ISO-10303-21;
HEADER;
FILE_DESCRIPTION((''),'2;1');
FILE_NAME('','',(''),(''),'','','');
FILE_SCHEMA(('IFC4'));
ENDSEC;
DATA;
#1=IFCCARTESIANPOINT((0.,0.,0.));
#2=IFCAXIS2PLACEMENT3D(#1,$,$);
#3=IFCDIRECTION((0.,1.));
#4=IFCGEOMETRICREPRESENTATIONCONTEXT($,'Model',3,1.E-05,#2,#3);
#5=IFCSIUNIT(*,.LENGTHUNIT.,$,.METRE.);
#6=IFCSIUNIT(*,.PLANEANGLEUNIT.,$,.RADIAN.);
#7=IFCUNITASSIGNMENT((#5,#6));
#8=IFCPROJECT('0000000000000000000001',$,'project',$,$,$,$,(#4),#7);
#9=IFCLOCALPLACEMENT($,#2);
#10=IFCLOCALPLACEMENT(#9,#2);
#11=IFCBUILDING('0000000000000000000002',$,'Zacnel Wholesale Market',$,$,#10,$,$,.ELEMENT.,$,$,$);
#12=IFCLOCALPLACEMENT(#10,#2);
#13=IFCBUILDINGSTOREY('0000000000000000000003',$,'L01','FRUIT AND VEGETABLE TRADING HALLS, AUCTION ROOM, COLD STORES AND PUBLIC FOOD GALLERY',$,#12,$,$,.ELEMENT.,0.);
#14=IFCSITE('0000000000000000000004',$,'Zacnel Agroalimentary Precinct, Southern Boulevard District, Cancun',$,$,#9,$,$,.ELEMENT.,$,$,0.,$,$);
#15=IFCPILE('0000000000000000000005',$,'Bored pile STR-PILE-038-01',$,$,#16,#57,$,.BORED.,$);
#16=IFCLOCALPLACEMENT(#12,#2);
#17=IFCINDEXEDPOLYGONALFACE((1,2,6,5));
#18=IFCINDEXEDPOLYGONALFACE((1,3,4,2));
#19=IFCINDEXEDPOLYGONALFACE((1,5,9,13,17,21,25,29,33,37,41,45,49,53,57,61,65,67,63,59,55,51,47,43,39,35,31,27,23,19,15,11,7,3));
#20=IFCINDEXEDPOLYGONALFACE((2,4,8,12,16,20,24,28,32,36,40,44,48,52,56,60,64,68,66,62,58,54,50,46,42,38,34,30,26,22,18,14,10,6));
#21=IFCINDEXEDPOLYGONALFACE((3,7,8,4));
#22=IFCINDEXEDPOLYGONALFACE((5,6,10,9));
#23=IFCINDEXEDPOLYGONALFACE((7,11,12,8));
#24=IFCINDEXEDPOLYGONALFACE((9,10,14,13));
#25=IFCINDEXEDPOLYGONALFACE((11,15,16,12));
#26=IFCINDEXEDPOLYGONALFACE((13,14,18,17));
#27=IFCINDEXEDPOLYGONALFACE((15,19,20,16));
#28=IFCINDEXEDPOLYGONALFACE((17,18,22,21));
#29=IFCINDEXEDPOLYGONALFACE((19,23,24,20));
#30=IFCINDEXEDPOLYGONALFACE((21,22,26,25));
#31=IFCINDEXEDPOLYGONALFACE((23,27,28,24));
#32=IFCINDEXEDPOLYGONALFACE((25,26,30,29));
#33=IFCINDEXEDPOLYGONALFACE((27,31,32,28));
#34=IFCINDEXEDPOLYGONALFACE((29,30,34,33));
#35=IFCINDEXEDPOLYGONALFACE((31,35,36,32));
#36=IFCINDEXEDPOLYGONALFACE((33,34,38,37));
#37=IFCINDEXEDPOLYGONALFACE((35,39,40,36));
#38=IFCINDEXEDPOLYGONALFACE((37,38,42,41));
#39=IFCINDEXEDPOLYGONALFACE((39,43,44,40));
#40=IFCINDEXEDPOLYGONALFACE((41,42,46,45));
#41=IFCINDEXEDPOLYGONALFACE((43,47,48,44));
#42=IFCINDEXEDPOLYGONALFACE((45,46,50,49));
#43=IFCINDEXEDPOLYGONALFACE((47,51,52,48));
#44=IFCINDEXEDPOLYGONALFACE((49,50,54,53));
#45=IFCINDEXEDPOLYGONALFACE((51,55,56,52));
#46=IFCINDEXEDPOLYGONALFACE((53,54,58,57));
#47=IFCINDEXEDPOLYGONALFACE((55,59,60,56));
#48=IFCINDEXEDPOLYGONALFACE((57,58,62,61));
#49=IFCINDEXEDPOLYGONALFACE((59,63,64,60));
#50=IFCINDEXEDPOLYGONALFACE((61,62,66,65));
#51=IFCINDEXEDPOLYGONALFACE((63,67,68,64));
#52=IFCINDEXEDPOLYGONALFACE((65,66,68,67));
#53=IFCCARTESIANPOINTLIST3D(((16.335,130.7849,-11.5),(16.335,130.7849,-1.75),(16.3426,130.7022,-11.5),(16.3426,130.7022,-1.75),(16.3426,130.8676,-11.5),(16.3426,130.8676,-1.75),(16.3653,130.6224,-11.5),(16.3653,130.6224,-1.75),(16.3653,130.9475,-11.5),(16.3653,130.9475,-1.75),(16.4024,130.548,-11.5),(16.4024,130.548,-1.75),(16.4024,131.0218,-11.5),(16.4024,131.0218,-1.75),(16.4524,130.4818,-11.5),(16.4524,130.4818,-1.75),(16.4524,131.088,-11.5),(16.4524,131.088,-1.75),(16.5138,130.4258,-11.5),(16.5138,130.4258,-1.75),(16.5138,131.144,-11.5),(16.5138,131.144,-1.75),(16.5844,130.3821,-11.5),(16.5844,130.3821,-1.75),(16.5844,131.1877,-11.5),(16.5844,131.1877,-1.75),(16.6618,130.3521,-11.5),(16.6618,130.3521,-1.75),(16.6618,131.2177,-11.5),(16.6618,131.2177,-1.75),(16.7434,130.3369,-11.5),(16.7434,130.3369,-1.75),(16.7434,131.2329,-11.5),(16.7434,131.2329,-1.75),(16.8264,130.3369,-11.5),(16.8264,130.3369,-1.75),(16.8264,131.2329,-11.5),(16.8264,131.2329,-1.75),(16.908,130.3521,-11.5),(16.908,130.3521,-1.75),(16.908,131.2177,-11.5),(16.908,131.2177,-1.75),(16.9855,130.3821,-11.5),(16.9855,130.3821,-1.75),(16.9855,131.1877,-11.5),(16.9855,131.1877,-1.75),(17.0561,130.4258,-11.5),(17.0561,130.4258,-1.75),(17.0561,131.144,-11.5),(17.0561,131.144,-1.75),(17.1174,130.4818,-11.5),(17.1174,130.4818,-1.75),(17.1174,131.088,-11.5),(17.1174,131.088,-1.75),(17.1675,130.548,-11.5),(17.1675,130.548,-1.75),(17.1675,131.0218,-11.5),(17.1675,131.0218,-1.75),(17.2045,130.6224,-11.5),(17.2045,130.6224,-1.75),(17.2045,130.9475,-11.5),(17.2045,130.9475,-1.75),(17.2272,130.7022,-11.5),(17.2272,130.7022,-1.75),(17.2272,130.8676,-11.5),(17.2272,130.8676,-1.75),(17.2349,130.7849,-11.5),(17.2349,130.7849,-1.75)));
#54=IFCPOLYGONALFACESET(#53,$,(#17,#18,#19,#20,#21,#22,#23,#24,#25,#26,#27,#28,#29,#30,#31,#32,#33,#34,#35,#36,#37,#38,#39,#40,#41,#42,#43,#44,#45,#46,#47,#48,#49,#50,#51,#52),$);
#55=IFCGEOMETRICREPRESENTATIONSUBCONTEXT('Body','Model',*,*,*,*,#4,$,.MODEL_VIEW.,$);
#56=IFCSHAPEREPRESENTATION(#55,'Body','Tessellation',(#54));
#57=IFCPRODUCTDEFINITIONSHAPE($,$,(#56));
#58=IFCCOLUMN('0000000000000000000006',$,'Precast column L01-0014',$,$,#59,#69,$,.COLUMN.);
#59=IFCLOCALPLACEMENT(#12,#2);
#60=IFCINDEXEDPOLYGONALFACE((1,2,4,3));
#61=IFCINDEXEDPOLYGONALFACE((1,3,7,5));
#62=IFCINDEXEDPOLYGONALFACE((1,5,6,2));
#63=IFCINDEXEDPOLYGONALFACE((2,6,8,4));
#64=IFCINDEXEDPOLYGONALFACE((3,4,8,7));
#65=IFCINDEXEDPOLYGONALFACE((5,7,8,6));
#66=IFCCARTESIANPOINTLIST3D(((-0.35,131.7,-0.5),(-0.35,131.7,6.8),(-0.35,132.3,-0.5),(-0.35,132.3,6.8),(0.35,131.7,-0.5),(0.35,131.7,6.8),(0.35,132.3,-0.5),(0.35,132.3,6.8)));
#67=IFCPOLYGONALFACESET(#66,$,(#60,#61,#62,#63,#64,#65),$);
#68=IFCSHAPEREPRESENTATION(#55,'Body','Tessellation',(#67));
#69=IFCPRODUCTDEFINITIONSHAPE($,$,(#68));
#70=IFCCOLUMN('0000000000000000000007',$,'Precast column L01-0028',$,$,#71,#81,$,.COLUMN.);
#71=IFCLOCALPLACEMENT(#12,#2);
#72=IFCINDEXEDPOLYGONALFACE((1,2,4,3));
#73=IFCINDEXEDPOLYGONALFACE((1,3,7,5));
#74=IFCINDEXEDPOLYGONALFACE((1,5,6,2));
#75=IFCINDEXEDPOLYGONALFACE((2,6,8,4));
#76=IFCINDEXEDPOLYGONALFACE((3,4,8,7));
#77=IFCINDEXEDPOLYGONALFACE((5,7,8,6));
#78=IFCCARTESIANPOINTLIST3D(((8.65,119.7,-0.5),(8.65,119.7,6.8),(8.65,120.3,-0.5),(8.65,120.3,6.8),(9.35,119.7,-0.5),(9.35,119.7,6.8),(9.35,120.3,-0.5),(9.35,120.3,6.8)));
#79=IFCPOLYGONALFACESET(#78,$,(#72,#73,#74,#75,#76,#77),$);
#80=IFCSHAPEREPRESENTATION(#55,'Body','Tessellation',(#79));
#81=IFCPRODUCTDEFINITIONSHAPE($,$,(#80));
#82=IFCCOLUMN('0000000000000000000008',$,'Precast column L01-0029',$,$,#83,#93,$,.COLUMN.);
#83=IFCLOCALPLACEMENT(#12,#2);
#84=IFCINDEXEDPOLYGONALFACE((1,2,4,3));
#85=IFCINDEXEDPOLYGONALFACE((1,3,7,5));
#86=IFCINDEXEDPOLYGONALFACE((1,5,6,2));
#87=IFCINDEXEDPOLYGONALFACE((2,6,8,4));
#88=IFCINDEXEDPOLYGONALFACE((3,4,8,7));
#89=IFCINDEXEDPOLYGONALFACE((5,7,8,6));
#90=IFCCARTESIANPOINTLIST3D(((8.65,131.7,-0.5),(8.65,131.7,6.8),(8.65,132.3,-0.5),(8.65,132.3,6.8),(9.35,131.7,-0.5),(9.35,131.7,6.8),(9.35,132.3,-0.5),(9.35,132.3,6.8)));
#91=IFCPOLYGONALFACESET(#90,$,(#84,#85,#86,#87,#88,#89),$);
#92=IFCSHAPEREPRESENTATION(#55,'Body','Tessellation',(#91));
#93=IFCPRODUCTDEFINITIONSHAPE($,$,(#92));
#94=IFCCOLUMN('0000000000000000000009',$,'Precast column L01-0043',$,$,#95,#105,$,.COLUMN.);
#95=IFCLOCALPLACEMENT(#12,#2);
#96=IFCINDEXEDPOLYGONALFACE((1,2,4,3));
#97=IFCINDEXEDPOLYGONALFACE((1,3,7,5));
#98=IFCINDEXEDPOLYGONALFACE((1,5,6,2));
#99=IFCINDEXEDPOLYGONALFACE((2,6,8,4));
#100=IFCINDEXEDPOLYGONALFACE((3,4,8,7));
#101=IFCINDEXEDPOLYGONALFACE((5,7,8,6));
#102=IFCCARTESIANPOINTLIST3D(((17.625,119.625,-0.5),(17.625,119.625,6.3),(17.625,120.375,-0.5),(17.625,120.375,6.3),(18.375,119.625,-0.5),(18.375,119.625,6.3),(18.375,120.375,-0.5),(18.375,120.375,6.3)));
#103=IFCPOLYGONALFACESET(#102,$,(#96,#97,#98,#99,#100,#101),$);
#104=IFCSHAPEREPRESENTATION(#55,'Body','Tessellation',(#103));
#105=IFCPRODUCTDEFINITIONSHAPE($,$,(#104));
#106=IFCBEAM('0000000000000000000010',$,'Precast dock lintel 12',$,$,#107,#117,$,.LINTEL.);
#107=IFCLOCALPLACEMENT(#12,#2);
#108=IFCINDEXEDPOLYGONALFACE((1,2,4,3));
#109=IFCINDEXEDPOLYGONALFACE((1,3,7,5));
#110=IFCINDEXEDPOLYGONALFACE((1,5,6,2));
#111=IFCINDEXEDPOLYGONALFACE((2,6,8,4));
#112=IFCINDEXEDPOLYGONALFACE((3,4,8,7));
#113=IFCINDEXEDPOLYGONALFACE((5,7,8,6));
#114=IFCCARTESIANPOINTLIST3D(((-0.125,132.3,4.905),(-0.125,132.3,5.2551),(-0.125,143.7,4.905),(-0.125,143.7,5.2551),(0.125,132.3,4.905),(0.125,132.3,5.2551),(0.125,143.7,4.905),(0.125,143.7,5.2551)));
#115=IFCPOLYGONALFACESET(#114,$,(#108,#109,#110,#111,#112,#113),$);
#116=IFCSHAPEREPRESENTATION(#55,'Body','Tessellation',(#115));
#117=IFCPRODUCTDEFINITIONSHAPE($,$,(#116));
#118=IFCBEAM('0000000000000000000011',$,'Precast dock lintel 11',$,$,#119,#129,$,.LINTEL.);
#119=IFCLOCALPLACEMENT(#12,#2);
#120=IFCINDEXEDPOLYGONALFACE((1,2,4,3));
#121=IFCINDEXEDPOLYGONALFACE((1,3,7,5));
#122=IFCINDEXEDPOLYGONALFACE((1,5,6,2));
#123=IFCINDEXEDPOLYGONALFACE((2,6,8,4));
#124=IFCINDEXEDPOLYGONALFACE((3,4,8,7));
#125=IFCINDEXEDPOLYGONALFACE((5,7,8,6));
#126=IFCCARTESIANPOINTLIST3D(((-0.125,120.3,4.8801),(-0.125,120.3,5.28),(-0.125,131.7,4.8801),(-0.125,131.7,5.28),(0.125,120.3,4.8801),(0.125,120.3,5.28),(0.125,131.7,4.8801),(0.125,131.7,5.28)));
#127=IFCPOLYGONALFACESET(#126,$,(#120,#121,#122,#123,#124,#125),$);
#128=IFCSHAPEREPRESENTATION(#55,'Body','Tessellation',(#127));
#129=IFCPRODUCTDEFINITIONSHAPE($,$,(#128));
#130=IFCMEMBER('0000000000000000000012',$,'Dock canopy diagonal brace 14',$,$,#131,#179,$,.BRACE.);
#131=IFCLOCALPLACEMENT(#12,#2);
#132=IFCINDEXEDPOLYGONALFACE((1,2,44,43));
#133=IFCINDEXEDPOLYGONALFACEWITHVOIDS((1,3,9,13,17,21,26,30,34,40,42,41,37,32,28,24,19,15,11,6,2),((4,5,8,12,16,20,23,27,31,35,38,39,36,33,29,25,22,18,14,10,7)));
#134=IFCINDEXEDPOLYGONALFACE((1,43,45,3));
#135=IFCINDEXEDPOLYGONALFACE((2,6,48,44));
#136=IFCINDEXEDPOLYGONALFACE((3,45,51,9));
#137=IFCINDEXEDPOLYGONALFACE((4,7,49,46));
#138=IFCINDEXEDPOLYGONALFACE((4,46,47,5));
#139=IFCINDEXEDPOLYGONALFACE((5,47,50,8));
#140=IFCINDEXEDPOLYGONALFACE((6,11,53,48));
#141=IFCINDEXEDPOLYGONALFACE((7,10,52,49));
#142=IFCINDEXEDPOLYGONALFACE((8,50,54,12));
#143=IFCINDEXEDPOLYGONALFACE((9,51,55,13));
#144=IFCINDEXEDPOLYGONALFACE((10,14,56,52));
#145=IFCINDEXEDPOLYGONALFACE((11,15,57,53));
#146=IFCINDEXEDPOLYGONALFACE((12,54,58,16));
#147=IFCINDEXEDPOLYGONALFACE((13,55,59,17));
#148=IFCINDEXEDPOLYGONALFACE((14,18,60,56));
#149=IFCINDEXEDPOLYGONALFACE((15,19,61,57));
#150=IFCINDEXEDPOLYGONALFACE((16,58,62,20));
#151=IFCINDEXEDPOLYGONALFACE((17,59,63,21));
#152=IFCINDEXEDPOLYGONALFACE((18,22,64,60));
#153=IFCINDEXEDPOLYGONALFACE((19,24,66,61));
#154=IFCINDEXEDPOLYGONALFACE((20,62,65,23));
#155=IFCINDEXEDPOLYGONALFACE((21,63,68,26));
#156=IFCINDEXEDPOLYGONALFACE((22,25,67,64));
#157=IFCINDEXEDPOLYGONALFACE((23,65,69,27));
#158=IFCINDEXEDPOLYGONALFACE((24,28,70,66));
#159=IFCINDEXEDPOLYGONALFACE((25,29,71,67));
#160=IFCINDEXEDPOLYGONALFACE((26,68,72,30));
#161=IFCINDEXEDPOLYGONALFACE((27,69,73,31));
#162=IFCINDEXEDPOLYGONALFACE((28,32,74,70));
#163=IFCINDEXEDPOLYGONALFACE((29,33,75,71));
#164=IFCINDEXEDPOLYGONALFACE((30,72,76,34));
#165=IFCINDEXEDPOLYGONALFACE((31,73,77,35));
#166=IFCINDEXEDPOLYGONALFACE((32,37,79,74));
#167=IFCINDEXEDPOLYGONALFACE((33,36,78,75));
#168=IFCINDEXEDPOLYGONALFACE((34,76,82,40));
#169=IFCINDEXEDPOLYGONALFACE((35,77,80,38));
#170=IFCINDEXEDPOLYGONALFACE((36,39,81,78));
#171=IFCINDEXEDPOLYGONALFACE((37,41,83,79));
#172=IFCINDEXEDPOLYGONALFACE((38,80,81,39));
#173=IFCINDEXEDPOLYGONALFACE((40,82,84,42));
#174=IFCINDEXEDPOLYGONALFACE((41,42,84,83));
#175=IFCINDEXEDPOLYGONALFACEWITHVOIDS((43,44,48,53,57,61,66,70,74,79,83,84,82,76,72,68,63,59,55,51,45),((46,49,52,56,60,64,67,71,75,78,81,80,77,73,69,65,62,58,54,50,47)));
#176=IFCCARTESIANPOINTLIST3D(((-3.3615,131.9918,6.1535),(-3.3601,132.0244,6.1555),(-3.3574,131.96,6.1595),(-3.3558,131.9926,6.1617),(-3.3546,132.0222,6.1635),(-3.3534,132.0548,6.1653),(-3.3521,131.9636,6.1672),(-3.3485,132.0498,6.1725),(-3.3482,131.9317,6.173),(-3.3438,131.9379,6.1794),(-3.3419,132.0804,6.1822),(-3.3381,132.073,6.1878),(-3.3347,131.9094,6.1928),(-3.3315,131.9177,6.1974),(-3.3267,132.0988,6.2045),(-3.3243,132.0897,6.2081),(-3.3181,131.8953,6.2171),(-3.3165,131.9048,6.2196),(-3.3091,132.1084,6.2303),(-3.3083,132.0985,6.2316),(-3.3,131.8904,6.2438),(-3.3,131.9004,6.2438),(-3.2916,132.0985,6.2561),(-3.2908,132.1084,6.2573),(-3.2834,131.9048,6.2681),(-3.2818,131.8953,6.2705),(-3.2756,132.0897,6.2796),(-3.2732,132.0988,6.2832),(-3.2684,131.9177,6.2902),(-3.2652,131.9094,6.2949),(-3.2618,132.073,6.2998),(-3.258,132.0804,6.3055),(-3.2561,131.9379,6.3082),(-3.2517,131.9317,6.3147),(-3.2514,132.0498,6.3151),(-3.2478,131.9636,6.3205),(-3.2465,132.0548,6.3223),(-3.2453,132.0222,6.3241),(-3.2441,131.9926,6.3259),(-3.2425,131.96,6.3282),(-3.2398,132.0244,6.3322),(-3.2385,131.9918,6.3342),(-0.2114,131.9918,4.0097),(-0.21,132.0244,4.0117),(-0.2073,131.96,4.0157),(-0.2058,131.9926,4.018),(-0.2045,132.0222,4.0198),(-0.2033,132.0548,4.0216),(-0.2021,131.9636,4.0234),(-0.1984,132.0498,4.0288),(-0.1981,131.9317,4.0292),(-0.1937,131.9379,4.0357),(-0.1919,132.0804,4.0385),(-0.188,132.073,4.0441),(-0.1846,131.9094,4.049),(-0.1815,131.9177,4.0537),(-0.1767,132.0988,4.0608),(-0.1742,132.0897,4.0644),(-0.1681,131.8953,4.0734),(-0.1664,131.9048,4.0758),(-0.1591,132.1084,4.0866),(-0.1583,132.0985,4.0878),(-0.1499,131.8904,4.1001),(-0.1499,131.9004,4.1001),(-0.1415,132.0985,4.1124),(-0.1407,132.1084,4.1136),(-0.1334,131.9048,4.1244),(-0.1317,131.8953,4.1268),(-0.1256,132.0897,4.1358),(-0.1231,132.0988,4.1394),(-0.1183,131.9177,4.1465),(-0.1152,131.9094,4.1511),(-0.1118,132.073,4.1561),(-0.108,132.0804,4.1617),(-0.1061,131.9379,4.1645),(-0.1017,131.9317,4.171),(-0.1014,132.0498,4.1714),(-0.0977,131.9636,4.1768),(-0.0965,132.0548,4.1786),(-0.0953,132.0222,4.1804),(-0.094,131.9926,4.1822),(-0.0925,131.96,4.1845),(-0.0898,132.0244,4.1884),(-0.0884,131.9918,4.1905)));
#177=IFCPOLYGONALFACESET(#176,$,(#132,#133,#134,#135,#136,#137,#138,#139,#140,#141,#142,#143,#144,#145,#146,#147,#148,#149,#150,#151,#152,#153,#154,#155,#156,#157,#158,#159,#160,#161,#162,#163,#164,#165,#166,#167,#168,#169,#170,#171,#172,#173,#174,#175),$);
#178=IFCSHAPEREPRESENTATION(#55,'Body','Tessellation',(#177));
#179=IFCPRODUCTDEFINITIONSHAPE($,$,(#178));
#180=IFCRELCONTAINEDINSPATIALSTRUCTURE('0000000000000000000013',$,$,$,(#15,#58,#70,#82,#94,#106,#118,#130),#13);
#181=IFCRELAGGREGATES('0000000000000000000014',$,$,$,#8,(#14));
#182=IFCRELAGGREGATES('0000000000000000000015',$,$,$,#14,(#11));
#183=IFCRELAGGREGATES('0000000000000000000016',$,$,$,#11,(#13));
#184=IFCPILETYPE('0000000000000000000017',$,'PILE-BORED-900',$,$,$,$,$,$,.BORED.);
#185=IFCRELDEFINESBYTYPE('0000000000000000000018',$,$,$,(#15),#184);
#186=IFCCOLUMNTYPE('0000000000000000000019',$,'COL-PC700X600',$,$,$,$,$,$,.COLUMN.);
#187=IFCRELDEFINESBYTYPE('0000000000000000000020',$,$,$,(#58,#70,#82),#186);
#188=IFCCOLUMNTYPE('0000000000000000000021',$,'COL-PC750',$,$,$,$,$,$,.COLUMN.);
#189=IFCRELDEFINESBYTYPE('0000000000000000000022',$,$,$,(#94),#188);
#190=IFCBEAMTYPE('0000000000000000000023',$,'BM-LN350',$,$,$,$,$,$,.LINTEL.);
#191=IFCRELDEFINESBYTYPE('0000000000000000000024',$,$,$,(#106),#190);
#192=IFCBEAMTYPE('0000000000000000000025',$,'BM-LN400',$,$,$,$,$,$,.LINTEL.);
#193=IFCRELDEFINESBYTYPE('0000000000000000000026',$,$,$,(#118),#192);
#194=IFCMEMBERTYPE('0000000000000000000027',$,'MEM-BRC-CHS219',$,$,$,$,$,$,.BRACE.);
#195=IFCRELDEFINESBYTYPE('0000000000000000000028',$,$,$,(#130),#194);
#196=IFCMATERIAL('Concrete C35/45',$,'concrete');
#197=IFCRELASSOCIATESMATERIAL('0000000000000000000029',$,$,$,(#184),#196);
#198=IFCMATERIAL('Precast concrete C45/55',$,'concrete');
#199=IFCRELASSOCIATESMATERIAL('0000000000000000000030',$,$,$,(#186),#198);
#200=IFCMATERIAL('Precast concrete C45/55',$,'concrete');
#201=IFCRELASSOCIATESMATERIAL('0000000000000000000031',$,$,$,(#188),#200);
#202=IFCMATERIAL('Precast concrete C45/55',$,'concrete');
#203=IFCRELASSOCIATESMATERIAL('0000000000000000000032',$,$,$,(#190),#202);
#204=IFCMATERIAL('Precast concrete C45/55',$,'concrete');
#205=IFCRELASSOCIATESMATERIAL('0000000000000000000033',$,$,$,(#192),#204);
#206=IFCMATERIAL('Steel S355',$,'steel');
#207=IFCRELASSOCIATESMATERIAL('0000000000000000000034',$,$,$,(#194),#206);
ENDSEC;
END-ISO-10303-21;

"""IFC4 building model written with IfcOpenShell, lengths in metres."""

from ifc_helpers import new_model, si_unit, direction, frame, origin, origin_2d, place, context, subcontext, project, spatial, rectangle, circle, hollow_circle, extrude, material, material_profile, profile_set, type_object, element, save


model = new_model("IFC4")

# Units and contexts
model_context = context("Model", 3, precision=1e-05, world=origin(), true_north=direction((0.0, 1.0)))
body_context = subcontext(model_context, "Body", "Model", "MODEL_VIEW")
ifc_project = project(units=[si_unit("LENGTHUNIT", "METRE"), si_unit("PLANEANGLEUNIT", "RADIAN")], contexts=[model_context])

# Site, building, storey
site_placement = place(None, origin())
site = spatial("IfcSite", under=ifc_project, at=site_placement, Name="Zacnel Agroalimentary Precinct, Southern Boulevard District, Cancun", CompositionType="ELEMENT", RefElevation=0.0)
building_placement = place(site_placement, origin())
building = spatial("IfcBuilding", under=site, at=building_placement, Name="Zacnel Wholesale Market", CompositionType="ELEMENT")
storey_placement = place(building_placement, origin())
storey = spatial("IfcBuildingStorey", under=building, at=storey_placement, Name="L01", Description="FRUIT AND VEGETABLE TRADING HALLS, AUCTION ROOM, COLD STORES AND PUBLIC FOOD GALLERY", CompositionType="ELEMENT", Elevation=0.0)

# Pile
ifc_material_1 = material(Name="Concrete C35/45", Category="concrete")
ifc_material_profile_1 = material_profile(ifc_material_1, circle(Radius=0.45, at=origin_2d()), Name="BORED PILE D900")
ifc_profile_set_1 = profile_set([ifc_material_profile_1], Name="Concrete C35/45")
pile_type = type_object("IfcPileType", Name="PILE-BORED-900", PredefinedType="BORED", material=ifc_profile_set_1)
pile_placement = place(storey_placement, frame((16.7849, 130.7849, -1.75), z_axis=(0.0, 0.0, -1.0), x_axis=(1.0, 0.0, 0.0)))
element("IfcPile", 1, at=pile_placement, inside=storey, type_object=pile_type, Name="Bored pile STR-PILE-038-01", PredefinedType="BORED", context=body_context, shape_type="SweptSolid", body=[
    extrude(circle(Radius=0.45, at=origin_2d()), origin(), (0.0, 0.0, 1.0), 9.75),
])

# Columns
ifc_material_2 = material(Name="Precast concrete C45/55", Category="concrete")
ifc_material_profile_2 = material_profile(ifc_material_2, rectangle(XDim=0.7, YDim=0.6001, at=origin_2d()), Name="PC 700x600")
ifc_profile_set_2 = profile_set([ifc_material_profile_2], Name="Precast concrete C45/55")
column_type_1 = type_object("IfcColumnType", Name="COL-PC700X600", PredefinedType="COLUMN", material=ifc_profile_set_2)
for number, where, z_axis, x_axis, name in (
    (2, (0.0, 132.0, -0.5), (0.0, 0.0, 1.0), (1.0, 0.0, 0.0), "Precast column L01-0014"),
    (3, (9.0, 120.0, -0.5), (0.0, 0.0, 1.0), (1.0, 0.0, 0.0), "Precast column L01-0028"),
    (4, (9.0, 132.0, -0.5), (0.0, 0.0, 1.0), (1.0, 0.0, 0.0), "Precast column L01-0029"),
):
    element("IfcColumn", number, at=place(storey_placement, frame(where, z_axis=z_axis, x_axis=x_axis)), inside=storey, type_object=column_type_1, Name=name, PredefinedType="COLUMN", context=body_context, shape_type="SweptSolid", body=[
        extrude(rectangle(XDim=0.7, YDim=0.6001, at=origin_2d()), origin(), (0.0, 0.0, 1.0), 7.3),
    ])
ifc_material_3 = material(Name="Precast concrete C45/55", Category="concrete")
ifc_material_profile_3 = material_profile(ifc_material_3, rectangle(XDim=0.75, YDim=0.75, at=origin_2d()), Name="PC 750x750")
ifc_profile_set_3 = profile_set([ifc_material_profile_3], Name="Precast concrete C45/55")
column_type_2 = type_object("IfcColumnType", Name="COL-PC750", PredefinedType="COLUMN", material=ifc_profile_set_3)
column_placement = place(storey_placement, frame((18.0, 120.0, -0.5), z_axis=(0.0, 0.0, 1.0), x_axis=(1.0, 0.0, 0.0)))
element("IfcColumn", 5, at=column_placement, inside=storey, type_object=column_type_2, Name="Precast column L01-0043", PredefinedType="COLUMN", context=body_context, shape_type="SweptSolid", body=[
    extrude(rectangle(XDim=0.75, YDim=0.75, at=origin_2d()), origin(), (0.0, 0.0, 1.0), 6.8),
])

# Beams
ifc_material_4 = material(Name="Precast concrete C45/55", Category="concrete")
ifc_material_profile_4 = material_profile(ifc_material_4, rectangle(XDim=0.25, YDim=0.3501, at=origin_2d()), Name="LN 250x350")
ifc_profile_set_4 = profile_set([ifc_material_profile_4], Name="Precast concrete C45/55")
beam_type_1 = type_object("IfcBeamType", Name="BM-LN350", PredefinedType="LINTEL", material=ifc_profile_set_4)
beam_1_placement = place(storey_placement, frame((0.0, 132.3, 5.0801), z_axis=(0.0, 1.0, 0.0), x_axis=(-1.0, 0.0, 0.0)))
element("IfcBeam", 6, at=beam_1_placement, inside=storey, type_object=beam_type_1, Name="Precast dock lintel 12", PredefinedType="LINTEL", context=body_context, shape_type="SweptSolid", body=[
    extrude(rectangle(XDim=0.25, YDim=0.3501, at=origin_2d()), origin(), (0.0, 0.0, 1.0), 11.3999),
])
ifc_material_5 = material(Name="Precast concrete C45/55", Category="concrete")
ifc_material_profile_5 = material_profile(ifc_material_5, rectangle(XDim=0.25, YDim=0.3999, at=origin_2d()), Name="LN 250x400")
ifc_profile_set_5 = profile_set([ifc_material_profile_5], Name="Precast concrete C45/55")
beam_type_2 = type_object("IfcBeamType", Name="BM-LN400", PredefinedType="LINTEL", material=ifc_profile_set_5)
beam_2_placement = place(storey_placement, frame((0.0, 120.3, 5.0801), z_axis=(0.0, 1.0, 0.0), x_axis=(-1.0, 0.0, 0.0)))
element("IfcBeam", 7, at=beam_2_placement, inside=storey, type_object=beam_type_2, Name="Precast dock lintel 11", PredefinedType="LINTEL", context=body_context, shape_type="SweptSolid", body=[
    extrude(rectangle(XDim=0.25, YDim=0.3999, at=origin_2d()), origin(), (0.0, 0.0, 1.0), 11.3999),
])

# Member
ifc_material_6 = material(Name="Steel S355", Category="steel")
ifc_material_profile_6 = material_profile(ifc_material_6, hollow_circle(Radius=0.1096, WallThickness=0.01, at=origin_2d()), Name="CHS 219.1x10")
ifc_profile_set_6 = profile_set([ifc_material_profile_6], Name="Steel S355")
member_type = type_object("IfcMemberType", Name="MEM-BRC-CHS219", PredefinedType="BRACE", material=ifc_profile_set_6)
member_placement = place(storey_placement, frame((-0.1499, 132.0, 4.1001), z_axis=(-0.826719, 0.0, 0.562615), x_axis=(0.0, -1.0, 0.0)))
element("IfcMember", 8, at=member_placement, inside=storey, type_object=member_type, Name="Dock canopy diagonal brace 14", PredefinedType="BRACE", context=body_context, shape_type="SweptSolid", body=[
    extrude(hollow_circle(Radius=0.1096, WallThickness=0.01, at=origin_2d()), origin(), (0.0, 0.0, 1.0), 3.8103),
])

save(model, "model.ifc")
